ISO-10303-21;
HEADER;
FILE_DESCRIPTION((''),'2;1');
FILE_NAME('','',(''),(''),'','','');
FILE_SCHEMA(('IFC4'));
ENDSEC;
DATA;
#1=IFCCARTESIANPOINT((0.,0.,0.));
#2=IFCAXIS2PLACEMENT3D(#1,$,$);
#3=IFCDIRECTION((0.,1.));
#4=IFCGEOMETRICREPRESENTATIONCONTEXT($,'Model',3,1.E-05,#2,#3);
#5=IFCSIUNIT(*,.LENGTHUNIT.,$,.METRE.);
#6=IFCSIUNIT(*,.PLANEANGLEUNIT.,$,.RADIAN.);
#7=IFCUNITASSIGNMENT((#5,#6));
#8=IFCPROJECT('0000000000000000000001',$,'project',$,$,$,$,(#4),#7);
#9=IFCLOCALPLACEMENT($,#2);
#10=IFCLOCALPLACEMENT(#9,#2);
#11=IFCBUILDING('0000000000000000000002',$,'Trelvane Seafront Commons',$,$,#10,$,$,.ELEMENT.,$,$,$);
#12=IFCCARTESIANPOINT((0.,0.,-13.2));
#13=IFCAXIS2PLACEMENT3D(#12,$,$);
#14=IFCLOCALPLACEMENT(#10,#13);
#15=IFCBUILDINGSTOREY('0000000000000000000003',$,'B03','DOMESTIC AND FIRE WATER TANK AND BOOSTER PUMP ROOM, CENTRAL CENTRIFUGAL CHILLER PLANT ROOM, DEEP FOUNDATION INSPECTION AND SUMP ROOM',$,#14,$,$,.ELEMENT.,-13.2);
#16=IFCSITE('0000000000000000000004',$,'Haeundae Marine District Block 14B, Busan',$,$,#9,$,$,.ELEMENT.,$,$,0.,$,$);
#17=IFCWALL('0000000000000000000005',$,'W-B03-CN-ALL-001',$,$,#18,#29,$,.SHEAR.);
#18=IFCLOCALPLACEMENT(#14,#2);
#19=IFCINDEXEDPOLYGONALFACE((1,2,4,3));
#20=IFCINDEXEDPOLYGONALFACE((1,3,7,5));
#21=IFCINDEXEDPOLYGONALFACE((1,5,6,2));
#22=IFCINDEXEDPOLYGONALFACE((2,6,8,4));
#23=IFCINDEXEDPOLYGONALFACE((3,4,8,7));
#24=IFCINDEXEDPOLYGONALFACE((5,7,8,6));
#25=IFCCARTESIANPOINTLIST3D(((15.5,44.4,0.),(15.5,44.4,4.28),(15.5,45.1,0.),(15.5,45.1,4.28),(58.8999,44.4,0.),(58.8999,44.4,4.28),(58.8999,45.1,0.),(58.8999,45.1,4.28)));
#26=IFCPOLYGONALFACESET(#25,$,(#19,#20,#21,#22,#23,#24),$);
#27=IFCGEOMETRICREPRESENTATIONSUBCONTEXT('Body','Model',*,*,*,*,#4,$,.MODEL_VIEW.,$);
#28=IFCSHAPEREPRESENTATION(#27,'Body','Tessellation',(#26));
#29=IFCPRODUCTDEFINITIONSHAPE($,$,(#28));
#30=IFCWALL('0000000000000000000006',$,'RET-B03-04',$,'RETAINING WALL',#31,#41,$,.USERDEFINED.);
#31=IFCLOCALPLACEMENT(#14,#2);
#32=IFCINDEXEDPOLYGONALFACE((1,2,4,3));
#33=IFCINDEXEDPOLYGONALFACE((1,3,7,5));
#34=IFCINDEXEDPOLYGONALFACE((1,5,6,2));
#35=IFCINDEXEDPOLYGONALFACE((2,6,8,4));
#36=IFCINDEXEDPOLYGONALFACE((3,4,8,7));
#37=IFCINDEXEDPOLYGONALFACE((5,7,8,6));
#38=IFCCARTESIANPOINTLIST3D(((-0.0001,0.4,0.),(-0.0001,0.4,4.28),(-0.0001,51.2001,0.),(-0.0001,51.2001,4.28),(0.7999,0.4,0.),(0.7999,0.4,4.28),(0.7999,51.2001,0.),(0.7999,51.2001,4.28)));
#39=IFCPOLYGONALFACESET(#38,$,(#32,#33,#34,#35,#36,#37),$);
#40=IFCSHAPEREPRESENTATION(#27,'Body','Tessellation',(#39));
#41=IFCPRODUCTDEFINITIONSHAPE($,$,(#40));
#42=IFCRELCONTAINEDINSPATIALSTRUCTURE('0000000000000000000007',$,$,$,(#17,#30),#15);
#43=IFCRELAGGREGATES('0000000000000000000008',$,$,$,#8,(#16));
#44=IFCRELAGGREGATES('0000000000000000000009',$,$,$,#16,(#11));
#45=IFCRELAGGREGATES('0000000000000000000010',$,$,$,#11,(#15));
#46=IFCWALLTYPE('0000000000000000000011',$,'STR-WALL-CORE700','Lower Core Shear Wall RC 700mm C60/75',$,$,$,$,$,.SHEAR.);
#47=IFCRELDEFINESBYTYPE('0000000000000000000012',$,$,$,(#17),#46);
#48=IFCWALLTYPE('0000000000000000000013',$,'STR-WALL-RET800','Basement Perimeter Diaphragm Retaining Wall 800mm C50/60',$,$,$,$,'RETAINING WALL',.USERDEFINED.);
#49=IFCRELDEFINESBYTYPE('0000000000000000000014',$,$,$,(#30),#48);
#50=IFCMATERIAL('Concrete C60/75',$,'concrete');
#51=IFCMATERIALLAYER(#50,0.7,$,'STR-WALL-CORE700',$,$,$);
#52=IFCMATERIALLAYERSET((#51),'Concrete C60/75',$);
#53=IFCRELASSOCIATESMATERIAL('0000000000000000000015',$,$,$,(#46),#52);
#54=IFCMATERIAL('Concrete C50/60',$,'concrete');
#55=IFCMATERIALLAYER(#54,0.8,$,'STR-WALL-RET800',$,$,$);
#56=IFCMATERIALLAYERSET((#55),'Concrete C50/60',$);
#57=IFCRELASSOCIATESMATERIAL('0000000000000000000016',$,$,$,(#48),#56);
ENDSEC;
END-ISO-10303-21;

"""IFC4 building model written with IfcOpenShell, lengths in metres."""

from ifc_helpers import new_model, si_unit, direction, frame, frame_2d, origin, place, context, subcontext, project, spatial, rectangle, extrude, material, layer, layer_set, type_object, element, save


model = new_model("IFC4")

# Units and contexts
model_context = context("Model", 3, precision=1e-05, world=origin(), true_north=direction((0.0, 1.0)))
body_context = subcontext(model_context, "Body", "Model", "MODEL_VIEW")
ifc_project = project(units=[si_unit("LENGTHUNIT", "METRE"), si_unit("PLANEANGLEUNIT", "RADIAN")], contexts=[model_context])

# Site, building, storey
site_placement = place(None, origin())
site = spatial("IfcSite", under=ifc_project, at=site_placement, Name="Haeundae Marine District Block 14B, Busan", CompositionType="ELEMENT", RefElevation=0.0)
building_placement = place(site_placement, origin())
building = spatial("IfcBuilding", under=site, at=building_placement, Name="Trelvane Seafront Commons", CompositionType="ELEMENT")
storey_placement = place(building_placement, frame((0.0, 0.0, -13.2)))
storey = spatial("IfcBuildingStorey", under=building, at=storey_placement, Name="B03", Description="DOMESTIC AND FIRE WATER TANK AND BOOSTER PUMP ROOM, CENTRAL CENTRIFUGAL CHILLER PLANT ROOM, DEEP FOUNDATION INSPECTION AND SUMP ROOM", CompositionType="ELEMENT", Elevation=-13.2)

# Shared definitions
ifc_material_1 = material(Name="Concrete C50/60", Category="concrete")

# Shared definitions
ifc_material_2 = material(Name="Concrete C60/75", Category="concrete")

# Walls
ifc_layer_1 = layer(ifc_material_2, 0.7, Name="STR-WALL-CORE700")
ifc_layer_set_1 = layer_set([ifc_layer_1], Name="Concrete C60/75")
wall_type_1 = type_object("IfcWallType", Name="STR-WALL-CORE700", Description="Lower Core Shear Wall RC 700mm C60/75", PredefinedType="SHEAR", material=ifc_layer_set_1)
wall_1_placement = place(storey_placement, frame((15.5, 44.75, 0.0), z_axis=(0.0, 0.0, 1.0), x_axis=(1.0, 0.0, 0.0)))
element("IfcWall", 1, at=wall_1_placement, inside=storey, type_object=wall_type_1, Name="W-B03-CN-ALL-001", PredefinedType="SHEAR", context=body_context, shape_type="SweptSolid", body=[
    extrude(rectangle(XDim=43.3999, YDim=0.7, at=frame_2d((21.7, 0.0))), origin(), (0.0, 0.0, 1.0), 4.28),
])
ifc_layer_2 = layer(ifc_material_1, 0.8, Name="STR-WALL-RET800")
ifc_layer_set_2 = layer_set([ifc_layer_2], Name="Concrete C50/60")
wall_type_2 = type_object("IfcWallType", Name="STR-WALL-RET800", Description="Basement Perimeter Diaphragm Retaining Wall 800mm C50/60", ElementType="RETAINING WALL", PredefinedType="USERDEFINED", material=ifc_layer_set_2)
wall_2_placement = place(storey_placement, frame((0.3999, 51.2, 0.0), z_axis=(0.0, 0.0, 1.0), x_axis=(0.0, -1.0, 0.0)))
element("IfcWall", 2, at=wall_2_placement, inside=storey, type_object=wall_type_2, Name="RET-B03-04", ObjectType="RETAINING WALL", PredefinedType="USERDEFINED", context=body_context, shape_type="SweptSolid", body=[
    extrude(rectangle(XDim=50.8, YDim=0.8, at=frame_2d((25.3999, 0.0))), origin(), (0.0, 0.0, 1.0), 4.28),
])

save(model, "model.ifc")
